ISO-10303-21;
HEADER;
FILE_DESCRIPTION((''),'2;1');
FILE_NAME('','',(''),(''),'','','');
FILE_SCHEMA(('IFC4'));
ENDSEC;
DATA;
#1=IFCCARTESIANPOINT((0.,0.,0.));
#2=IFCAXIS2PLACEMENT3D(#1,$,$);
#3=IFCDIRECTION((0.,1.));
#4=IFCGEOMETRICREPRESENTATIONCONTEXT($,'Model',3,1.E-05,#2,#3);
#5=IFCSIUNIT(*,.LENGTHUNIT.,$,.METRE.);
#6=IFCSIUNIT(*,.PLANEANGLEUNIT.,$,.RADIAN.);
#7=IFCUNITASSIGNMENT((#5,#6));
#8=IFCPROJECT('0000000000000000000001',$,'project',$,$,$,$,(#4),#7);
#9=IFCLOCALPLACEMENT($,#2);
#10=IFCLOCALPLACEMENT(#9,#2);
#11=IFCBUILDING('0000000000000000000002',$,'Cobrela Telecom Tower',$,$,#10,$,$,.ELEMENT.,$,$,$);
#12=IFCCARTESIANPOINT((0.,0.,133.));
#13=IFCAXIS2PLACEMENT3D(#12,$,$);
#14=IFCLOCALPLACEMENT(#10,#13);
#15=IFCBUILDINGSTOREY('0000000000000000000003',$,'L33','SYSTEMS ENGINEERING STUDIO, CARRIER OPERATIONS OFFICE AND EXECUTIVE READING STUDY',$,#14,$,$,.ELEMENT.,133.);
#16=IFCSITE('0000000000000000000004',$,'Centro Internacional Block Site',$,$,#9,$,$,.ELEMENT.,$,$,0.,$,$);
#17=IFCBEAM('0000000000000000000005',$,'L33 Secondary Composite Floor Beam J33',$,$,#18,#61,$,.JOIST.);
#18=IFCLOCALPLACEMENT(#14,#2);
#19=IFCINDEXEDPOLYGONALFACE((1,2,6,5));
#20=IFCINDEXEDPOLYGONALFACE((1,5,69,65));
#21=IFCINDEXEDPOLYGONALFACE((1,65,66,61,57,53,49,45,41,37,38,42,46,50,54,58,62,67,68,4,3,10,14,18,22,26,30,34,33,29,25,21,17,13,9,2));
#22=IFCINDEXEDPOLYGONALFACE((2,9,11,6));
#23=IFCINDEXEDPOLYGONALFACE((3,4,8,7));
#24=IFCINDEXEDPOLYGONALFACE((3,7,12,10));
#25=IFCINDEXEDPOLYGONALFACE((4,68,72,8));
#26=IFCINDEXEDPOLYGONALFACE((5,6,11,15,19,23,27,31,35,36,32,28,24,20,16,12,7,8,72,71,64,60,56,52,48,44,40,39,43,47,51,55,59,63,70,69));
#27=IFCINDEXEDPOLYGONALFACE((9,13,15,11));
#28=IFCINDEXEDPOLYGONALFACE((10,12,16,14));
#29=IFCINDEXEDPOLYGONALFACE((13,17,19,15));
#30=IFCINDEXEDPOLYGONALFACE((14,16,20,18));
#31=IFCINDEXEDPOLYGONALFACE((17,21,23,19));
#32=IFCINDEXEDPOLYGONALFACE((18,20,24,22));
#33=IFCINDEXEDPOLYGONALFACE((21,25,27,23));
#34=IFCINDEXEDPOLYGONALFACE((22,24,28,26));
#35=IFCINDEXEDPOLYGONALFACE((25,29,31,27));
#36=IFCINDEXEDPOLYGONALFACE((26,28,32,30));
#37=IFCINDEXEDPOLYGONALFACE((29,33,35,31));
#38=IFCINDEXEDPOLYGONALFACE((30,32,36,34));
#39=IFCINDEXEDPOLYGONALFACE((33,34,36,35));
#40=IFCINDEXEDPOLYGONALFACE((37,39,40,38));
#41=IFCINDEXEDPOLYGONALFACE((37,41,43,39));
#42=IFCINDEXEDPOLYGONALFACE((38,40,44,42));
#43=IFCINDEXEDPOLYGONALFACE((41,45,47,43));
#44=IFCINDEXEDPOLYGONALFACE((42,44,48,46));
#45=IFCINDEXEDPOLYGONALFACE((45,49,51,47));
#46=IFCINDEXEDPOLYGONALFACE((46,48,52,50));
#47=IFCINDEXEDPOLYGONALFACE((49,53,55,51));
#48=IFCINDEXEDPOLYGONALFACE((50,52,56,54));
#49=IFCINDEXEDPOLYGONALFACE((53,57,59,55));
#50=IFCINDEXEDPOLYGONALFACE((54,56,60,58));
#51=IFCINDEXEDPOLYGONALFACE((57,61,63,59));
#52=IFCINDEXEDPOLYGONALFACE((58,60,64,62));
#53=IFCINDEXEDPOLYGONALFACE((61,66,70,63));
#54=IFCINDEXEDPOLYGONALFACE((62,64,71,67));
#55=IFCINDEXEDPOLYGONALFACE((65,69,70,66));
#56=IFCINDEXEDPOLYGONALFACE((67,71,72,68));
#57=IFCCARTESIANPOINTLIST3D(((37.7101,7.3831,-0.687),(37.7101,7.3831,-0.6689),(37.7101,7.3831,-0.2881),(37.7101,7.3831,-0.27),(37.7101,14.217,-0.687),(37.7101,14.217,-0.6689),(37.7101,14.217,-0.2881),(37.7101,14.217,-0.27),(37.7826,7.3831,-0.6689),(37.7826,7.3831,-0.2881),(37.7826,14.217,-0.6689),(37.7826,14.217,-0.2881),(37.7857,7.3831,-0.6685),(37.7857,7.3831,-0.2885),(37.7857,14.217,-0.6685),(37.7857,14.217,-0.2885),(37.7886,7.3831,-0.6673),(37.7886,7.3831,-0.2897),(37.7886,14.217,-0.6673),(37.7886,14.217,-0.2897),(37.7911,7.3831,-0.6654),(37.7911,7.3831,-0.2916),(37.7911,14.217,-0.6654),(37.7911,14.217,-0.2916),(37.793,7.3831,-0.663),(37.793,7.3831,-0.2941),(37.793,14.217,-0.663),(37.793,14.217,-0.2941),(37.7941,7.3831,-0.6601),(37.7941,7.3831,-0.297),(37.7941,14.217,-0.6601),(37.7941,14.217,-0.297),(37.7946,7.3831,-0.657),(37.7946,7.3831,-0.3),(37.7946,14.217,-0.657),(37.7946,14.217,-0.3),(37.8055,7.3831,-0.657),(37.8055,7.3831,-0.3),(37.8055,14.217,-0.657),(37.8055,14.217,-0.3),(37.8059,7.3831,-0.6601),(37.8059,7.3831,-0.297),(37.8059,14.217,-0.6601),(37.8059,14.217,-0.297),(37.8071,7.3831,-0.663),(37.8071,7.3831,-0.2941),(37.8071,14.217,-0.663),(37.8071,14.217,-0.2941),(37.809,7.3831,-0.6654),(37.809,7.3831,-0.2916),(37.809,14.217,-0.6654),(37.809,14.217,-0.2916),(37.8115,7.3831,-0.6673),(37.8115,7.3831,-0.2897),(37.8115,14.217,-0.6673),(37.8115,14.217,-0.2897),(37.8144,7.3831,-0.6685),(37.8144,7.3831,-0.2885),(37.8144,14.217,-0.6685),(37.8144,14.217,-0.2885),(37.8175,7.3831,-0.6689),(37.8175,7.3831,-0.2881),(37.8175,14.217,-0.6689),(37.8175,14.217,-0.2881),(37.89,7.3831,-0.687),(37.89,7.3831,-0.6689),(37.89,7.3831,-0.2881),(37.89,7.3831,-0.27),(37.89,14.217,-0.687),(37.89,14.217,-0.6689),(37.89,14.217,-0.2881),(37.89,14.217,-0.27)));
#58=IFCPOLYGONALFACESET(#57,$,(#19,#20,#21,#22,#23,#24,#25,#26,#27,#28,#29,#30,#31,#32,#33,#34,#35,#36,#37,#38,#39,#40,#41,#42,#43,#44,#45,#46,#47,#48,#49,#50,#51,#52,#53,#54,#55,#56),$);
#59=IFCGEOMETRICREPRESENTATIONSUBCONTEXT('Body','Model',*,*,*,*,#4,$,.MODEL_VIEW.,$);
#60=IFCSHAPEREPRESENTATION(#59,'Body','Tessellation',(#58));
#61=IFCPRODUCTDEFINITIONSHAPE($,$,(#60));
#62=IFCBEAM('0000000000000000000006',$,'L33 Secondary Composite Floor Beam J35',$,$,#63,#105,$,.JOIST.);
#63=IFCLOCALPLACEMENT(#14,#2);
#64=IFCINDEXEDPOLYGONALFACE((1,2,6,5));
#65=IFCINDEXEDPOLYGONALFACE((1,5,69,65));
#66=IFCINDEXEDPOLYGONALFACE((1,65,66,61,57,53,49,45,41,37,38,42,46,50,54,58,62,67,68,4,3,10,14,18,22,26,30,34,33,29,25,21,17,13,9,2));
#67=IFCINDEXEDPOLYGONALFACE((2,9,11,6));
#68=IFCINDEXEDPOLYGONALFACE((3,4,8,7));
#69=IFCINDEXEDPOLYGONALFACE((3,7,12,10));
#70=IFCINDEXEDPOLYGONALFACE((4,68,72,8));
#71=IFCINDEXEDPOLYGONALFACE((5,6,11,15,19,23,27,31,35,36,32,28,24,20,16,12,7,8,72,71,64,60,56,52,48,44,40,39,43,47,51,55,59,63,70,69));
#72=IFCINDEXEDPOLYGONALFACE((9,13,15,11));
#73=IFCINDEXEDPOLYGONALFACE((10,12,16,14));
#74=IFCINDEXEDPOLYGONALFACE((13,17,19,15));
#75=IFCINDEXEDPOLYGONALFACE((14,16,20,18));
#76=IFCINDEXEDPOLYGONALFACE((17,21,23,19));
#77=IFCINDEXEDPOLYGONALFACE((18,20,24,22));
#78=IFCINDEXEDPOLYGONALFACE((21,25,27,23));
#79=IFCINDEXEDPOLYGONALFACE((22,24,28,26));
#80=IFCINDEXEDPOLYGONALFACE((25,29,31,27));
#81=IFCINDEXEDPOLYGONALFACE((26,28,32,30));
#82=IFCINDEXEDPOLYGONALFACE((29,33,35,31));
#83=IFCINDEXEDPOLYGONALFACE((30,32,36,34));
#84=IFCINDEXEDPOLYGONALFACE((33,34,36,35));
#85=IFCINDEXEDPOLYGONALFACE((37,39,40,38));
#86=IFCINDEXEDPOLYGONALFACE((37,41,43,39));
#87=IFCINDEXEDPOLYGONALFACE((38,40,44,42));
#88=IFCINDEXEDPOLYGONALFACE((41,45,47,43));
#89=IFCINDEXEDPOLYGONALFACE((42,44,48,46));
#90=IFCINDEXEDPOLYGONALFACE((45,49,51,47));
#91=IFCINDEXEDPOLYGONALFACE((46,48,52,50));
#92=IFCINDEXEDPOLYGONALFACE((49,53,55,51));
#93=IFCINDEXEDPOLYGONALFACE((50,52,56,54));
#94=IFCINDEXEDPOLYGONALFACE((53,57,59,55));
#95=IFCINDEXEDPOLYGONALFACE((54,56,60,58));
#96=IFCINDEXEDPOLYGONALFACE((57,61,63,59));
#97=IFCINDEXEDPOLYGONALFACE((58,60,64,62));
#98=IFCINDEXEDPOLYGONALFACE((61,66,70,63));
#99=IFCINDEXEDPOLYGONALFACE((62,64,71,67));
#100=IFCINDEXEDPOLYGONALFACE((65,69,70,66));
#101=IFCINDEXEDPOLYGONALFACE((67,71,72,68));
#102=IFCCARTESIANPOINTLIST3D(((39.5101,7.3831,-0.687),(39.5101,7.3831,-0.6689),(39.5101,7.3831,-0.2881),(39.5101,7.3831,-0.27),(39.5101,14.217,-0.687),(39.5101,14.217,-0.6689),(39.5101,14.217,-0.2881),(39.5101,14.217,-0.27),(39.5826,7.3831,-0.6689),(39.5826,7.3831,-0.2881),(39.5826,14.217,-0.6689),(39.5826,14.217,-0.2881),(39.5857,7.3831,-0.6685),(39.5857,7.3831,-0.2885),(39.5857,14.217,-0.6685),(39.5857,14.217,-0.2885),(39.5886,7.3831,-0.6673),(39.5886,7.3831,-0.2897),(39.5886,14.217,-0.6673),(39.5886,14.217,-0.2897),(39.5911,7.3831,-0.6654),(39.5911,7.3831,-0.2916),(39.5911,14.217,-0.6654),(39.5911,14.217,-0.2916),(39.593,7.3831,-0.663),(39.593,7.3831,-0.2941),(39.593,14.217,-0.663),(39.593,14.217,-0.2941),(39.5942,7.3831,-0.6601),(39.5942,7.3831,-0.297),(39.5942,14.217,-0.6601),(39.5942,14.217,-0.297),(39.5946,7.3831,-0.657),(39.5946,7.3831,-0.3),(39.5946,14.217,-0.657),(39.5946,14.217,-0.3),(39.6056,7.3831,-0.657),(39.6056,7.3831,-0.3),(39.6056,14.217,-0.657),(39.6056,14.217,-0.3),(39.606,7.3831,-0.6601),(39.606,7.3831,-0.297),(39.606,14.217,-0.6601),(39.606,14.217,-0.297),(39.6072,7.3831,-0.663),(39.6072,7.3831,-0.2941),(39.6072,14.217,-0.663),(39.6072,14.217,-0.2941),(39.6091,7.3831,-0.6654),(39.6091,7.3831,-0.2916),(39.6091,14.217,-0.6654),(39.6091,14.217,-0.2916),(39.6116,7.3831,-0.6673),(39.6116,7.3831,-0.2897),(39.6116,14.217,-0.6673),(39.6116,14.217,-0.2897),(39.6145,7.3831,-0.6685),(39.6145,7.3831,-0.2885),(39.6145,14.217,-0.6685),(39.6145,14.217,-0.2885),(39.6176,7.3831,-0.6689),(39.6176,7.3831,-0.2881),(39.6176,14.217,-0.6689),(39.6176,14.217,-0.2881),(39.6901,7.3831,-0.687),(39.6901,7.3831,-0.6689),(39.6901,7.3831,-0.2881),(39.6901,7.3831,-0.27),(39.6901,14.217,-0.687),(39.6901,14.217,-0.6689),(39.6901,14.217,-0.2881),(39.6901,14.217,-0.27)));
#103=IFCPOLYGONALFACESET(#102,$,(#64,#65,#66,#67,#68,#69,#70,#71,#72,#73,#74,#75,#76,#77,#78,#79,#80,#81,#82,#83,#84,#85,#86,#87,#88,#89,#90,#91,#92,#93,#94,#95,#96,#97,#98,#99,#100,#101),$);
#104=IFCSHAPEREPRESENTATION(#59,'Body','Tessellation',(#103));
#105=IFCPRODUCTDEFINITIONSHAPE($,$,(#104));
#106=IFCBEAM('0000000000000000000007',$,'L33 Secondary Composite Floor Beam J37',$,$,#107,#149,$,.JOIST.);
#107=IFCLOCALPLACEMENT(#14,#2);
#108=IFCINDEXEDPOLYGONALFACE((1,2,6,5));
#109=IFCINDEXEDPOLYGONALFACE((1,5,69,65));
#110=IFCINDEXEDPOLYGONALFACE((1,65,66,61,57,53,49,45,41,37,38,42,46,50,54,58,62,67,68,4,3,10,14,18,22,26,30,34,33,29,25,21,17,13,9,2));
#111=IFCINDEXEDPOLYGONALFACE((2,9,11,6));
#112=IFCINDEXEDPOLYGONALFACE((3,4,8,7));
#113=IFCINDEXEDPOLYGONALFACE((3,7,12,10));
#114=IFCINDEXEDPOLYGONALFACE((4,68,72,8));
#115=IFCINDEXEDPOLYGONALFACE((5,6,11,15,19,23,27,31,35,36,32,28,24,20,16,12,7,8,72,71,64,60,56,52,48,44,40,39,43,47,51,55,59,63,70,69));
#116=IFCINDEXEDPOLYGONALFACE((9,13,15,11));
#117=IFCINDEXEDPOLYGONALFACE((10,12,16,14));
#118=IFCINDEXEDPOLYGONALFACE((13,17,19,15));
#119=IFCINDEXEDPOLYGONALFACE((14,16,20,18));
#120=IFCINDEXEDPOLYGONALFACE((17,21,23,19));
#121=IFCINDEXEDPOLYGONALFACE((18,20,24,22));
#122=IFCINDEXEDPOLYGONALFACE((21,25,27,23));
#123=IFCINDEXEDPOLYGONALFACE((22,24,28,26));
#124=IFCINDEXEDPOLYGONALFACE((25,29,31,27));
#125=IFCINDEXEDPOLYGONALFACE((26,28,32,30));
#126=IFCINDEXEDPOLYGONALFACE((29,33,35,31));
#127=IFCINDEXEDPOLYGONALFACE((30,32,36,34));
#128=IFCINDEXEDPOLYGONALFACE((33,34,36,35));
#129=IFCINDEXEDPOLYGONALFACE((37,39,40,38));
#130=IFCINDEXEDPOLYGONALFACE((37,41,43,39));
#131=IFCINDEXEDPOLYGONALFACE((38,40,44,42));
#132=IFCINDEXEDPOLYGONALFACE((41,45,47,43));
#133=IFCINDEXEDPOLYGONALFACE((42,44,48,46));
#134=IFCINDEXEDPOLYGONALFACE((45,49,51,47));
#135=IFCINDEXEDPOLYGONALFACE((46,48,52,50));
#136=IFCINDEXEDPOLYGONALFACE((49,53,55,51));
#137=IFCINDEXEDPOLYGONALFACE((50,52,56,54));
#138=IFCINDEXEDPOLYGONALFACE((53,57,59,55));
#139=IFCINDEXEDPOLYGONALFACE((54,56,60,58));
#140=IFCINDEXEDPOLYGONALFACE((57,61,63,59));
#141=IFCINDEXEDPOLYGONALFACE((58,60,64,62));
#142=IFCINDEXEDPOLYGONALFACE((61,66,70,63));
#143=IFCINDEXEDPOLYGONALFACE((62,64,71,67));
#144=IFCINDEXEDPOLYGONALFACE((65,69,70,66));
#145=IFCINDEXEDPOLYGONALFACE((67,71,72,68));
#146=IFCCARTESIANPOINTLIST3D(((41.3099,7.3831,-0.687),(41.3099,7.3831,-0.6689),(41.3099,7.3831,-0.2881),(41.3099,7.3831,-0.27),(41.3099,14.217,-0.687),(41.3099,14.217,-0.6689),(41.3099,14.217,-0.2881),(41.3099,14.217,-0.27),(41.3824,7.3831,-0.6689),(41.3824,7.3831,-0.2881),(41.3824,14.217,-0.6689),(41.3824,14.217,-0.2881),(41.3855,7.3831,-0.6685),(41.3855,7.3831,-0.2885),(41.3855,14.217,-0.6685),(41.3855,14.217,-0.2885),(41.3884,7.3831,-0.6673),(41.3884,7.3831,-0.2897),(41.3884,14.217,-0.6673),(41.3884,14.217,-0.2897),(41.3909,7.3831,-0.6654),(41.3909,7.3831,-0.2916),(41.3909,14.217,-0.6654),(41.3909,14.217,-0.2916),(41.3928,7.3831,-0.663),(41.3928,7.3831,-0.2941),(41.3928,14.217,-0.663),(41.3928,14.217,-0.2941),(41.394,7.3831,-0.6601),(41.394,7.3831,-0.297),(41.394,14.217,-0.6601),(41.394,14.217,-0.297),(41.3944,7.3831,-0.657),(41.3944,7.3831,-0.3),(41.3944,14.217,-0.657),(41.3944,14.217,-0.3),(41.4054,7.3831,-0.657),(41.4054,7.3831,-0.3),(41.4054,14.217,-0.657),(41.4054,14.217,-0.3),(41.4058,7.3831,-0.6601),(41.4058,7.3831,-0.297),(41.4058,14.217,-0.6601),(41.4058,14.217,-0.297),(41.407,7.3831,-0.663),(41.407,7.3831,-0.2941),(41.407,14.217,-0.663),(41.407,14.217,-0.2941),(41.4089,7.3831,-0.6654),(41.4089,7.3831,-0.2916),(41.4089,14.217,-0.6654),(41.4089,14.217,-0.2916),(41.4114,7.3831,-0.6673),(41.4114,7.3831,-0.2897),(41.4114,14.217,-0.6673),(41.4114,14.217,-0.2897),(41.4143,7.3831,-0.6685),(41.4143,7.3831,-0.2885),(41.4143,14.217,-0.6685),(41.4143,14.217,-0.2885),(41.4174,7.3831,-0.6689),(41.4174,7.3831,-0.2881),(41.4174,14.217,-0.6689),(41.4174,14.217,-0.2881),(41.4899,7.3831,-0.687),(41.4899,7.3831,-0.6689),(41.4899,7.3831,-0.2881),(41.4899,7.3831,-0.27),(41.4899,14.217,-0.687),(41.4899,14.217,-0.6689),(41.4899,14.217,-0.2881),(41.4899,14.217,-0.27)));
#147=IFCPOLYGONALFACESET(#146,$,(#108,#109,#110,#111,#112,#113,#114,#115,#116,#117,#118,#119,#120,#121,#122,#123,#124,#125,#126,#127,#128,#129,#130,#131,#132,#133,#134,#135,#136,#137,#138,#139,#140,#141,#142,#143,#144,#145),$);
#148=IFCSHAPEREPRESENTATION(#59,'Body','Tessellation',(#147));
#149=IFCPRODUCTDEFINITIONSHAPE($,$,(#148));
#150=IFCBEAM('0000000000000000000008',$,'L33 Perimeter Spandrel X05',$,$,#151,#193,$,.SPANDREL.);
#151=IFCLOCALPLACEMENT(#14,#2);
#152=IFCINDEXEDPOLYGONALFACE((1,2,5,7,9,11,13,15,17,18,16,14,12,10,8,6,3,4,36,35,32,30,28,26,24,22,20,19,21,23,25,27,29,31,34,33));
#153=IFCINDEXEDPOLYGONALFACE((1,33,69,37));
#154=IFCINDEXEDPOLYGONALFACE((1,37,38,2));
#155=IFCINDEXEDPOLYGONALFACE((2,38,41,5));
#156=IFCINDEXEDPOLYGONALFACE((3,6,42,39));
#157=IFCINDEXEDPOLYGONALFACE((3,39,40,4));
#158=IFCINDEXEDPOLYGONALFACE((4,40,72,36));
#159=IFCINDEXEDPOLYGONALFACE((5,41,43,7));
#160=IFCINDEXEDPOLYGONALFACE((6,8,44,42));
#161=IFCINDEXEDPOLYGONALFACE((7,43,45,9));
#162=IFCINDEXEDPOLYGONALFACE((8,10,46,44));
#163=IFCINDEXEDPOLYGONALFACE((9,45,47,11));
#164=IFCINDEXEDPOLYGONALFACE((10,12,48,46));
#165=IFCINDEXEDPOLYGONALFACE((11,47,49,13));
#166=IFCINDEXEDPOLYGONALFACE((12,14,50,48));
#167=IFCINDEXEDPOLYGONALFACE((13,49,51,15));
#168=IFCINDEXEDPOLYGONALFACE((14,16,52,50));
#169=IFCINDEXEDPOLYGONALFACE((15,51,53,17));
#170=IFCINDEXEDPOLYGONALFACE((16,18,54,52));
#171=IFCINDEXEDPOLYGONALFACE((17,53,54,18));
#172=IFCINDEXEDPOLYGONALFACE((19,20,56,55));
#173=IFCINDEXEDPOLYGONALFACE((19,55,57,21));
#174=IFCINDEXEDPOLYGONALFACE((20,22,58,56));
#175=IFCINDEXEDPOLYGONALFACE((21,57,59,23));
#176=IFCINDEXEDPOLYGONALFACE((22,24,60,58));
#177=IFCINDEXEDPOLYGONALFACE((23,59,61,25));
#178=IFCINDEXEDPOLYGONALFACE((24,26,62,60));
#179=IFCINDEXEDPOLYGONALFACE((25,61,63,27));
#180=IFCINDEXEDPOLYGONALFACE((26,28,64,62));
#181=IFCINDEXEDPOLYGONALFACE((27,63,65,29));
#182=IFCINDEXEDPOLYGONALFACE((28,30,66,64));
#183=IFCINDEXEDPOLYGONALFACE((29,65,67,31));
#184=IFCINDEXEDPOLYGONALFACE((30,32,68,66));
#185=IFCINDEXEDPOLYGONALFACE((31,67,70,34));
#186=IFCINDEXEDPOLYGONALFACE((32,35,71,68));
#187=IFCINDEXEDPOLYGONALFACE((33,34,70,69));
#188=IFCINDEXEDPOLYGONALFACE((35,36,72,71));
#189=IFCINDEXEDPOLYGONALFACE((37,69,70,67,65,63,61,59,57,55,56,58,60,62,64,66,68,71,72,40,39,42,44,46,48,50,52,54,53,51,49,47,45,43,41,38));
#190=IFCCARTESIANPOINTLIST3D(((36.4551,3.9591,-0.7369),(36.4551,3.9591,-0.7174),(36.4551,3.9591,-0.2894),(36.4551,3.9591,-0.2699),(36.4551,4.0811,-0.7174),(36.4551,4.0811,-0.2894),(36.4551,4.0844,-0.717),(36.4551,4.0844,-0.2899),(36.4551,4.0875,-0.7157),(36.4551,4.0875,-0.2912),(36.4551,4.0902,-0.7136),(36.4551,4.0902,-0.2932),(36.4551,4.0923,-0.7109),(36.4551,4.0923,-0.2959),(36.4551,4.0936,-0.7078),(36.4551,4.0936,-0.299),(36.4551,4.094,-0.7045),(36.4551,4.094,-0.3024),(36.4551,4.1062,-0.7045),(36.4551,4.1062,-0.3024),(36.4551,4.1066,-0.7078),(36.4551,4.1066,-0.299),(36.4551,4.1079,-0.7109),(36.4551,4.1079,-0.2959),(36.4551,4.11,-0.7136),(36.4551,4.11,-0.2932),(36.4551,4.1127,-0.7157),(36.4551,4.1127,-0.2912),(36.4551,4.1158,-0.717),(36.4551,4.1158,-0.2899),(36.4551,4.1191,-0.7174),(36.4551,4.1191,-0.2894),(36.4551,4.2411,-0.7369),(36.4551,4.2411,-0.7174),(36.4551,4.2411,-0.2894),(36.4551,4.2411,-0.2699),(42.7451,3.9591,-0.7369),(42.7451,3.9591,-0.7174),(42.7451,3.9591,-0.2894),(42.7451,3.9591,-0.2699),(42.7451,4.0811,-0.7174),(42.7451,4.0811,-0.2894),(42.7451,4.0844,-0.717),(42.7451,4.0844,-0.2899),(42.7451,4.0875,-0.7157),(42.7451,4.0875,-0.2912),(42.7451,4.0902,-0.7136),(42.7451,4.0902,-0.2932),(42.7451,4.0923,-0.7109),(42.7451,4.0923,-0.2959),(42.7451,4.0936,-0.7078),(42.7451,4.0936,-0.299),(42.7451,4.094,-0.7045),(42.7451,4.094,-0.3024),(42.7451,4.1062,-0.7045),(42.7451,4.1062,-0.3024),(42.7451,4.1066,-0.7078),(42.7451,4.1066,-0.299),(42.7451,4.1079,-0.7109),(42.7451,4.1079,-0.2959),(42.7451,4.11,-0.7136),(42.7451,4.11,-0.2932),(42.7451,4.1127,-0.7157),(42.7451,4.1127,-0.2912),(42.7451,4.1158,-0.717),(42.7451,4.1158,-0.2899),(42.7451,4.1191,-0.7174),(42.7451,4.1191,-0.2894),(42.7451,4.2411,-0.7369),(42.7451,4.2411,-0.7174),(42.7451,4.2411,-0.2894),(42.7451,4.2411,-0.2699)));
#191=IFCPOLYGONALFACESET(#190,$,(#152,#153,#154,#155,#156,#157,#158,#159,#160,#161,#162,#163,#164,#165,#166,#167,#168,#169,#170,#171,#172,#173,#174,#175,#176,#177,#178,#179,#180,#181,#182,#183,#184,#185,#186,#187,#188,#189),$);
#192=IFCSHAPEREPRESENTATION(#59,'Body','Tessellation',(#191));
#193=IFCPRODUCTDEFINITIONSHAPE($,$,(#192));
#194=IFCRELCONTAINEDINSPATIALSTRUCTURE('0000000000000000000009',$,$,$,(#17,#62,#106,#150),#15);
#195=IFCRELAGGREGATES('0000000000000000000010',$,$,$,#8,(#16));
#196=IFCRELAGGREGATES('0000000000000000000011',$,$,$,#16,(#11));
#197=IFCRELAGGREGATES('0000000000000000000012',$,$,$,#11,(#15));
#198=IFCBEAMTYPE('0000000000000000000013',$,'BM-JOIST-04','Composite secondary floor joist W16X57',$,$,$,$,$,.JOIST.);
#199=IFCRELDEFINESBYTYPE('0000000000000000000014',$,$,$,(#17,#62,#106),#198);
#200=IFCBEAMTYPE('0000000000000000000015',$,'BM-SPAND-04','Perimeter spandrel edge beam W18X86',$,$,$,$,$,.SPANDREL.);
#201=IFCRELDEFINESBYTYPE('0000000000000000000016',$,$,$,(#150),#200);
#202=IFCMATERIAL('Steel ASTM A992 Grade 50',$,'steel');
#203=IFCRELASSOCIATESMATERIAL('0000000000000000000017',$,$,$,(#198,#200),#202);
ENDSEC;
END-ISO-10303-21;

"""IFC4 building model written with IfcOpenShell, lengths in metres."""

from ifc_helpers import new_model, si_unit, direction, frame, origin, origin_2d, place, context, subcontext, project, spatial, i_section, extrude, material, material_profile, profile_set, type_object, element, save


model = new_model("IFC4")

# Units and contexts
model_context = context("Model", 3, precision=1e-05, world=origin(), true_north=direction((0.0, 1.0)))
body_context = subcontext(model_context, "Body", "Model", "MODEL_VIEW")
ifc_project = project(units=[si_unit("LENGTHUNIT", "METRE"), si_unit("PLANEANGLEUNIT", "RADIAN")], contexts=[model_context])

# Site, building, storey
site_placement = place(None, origin())
site = spatial("IfcSite", under=ifc_project, at=site_placement, Name="Centro Internacional Block Site", CompositionType="ELEMENT", RefElevation=0.0)
building_placement = place(site_placement, origin())
building = spatial("IfcBuilding", under=site, at=building_placement, Name="Cobrela Telecom Tower", CompositionType="ELEMENT")
storey_placement = place(building_placement, frame((0.0, 0.0, 133.0)))
storey = spatial("IfcBuildingStorey", under=building, at=storey_placement, Name="L33", Description="SYSTEMS ENGINEERING STUDIO, CARRIER OPERATIONS OFFICE AND EXECUTIVE READING STUDY", CompositionType="ELEMENT", Elevation=133.0)

# Shared definitions
ifc_material_1 = material(Name="Steel ASTM A992 Grade 50", Category="steel")

# Beams
ifc_material_profile_1 = material_profile(ifc_material_1, i_section(OverallWidth=0.1799, OverallDepth=0.417, WebThickness=0.011, FlangeThickness=0.0181, FilletRadius=0.012, at=origin_2d()), Name="W16X57")
ifc_profile_set_1 = profile_set([ifc_material_profile_1], Name="Steel ASTM A992 Grade 50")
beam_type_1 = type_object("IfcBeamType", Name="BM-JOIST-04", Description="Composite secondary floor joist W16X57", PredefinedType="JOIST", material=ifc_profile_set_1)
for number, where, z_axis, x_axis, name in (
    (1, (37.8, 7.3831, -0.4785), (0.0, 1.0, 0.0), (-1.0, 0.0, 0.0), "L33 Secondary Composite Floor Beam J33"),
    (2, (39.6001, 7.3831, -0.4785), (0.0, 1.0, 0.0), (-1.0, 0.0, 0.0), "L33 Secondary Composite Floor Beam J35"),
    (3, (41.3999, 7.3831, -0.4785), (0.0, 1.0, 0.0), (-1.0, 0.0, 0.0), "L33 Secondary Composite Floor Beam J37"),
):
    element("IfcBeam", number, at=place(storey_placement, frame(where, z_axis=z_axis, x_axis=x_axis)), inside=storey, type_object=beam_type_1, Name=name, PredefinedType="JOIST", context=body_context, shape_type="SweptSolid", body=[
        extrude(i_section(OverallWidth=0.1799, OverallDepth=0.417, WebThickness=0.011, FlangeThickness=0.0181, FilletRadius=0.012, at=origin_2d()), origin(), (0.0, 0.0, 1.0), 6.834),
    ])
ifc_material_profile_2 = material_profile(ifc_material_1, i_section(OverallWidth=0.282, OverallDepth=0.467, WebThickness=0.0122, FlangeThickness=0.0195, FilletRadius=0.0129, at=origin_2d()), Name="W18X86")
ifc_profile_set_2 = profile_set([ifc_material_profile_2], Name="Steel ASTM A992 Grade 50")
beam_type_2 = type_object("IfcBeamType", Name="BM-SPAND-04", Description="Perimeter spandrel edge beam W18X86", PredefinedType="SPANDREL", material=ifc_profile_set_2)
beam_1_placement = place(storey_placement, frame((36.4551, 4.1001, -0.5034), z_axis=(1.0, 0.0, 0.0), x_axis=(0.0, 1.0, 0.0)))
element("IfcBeam", 4, at=beam_1_placement, inside=storey, type_object=beam_type_2, Name="L33 Perimeter Spandrel X05", PredefinedType="SPANDREL", context=body_context, shape_type="SweptSolid", body=[
    extrude(i_section(OverallWidth=0.282, OverallDepth=0.467, WebThickness=0.0122, FlangeThickness=0.0195, FilletRadius=0.0129, at=origin_2d()), origin(), (0.0, 0.0, 1.0), 6.29),
])

save(model, "model.ifc")
